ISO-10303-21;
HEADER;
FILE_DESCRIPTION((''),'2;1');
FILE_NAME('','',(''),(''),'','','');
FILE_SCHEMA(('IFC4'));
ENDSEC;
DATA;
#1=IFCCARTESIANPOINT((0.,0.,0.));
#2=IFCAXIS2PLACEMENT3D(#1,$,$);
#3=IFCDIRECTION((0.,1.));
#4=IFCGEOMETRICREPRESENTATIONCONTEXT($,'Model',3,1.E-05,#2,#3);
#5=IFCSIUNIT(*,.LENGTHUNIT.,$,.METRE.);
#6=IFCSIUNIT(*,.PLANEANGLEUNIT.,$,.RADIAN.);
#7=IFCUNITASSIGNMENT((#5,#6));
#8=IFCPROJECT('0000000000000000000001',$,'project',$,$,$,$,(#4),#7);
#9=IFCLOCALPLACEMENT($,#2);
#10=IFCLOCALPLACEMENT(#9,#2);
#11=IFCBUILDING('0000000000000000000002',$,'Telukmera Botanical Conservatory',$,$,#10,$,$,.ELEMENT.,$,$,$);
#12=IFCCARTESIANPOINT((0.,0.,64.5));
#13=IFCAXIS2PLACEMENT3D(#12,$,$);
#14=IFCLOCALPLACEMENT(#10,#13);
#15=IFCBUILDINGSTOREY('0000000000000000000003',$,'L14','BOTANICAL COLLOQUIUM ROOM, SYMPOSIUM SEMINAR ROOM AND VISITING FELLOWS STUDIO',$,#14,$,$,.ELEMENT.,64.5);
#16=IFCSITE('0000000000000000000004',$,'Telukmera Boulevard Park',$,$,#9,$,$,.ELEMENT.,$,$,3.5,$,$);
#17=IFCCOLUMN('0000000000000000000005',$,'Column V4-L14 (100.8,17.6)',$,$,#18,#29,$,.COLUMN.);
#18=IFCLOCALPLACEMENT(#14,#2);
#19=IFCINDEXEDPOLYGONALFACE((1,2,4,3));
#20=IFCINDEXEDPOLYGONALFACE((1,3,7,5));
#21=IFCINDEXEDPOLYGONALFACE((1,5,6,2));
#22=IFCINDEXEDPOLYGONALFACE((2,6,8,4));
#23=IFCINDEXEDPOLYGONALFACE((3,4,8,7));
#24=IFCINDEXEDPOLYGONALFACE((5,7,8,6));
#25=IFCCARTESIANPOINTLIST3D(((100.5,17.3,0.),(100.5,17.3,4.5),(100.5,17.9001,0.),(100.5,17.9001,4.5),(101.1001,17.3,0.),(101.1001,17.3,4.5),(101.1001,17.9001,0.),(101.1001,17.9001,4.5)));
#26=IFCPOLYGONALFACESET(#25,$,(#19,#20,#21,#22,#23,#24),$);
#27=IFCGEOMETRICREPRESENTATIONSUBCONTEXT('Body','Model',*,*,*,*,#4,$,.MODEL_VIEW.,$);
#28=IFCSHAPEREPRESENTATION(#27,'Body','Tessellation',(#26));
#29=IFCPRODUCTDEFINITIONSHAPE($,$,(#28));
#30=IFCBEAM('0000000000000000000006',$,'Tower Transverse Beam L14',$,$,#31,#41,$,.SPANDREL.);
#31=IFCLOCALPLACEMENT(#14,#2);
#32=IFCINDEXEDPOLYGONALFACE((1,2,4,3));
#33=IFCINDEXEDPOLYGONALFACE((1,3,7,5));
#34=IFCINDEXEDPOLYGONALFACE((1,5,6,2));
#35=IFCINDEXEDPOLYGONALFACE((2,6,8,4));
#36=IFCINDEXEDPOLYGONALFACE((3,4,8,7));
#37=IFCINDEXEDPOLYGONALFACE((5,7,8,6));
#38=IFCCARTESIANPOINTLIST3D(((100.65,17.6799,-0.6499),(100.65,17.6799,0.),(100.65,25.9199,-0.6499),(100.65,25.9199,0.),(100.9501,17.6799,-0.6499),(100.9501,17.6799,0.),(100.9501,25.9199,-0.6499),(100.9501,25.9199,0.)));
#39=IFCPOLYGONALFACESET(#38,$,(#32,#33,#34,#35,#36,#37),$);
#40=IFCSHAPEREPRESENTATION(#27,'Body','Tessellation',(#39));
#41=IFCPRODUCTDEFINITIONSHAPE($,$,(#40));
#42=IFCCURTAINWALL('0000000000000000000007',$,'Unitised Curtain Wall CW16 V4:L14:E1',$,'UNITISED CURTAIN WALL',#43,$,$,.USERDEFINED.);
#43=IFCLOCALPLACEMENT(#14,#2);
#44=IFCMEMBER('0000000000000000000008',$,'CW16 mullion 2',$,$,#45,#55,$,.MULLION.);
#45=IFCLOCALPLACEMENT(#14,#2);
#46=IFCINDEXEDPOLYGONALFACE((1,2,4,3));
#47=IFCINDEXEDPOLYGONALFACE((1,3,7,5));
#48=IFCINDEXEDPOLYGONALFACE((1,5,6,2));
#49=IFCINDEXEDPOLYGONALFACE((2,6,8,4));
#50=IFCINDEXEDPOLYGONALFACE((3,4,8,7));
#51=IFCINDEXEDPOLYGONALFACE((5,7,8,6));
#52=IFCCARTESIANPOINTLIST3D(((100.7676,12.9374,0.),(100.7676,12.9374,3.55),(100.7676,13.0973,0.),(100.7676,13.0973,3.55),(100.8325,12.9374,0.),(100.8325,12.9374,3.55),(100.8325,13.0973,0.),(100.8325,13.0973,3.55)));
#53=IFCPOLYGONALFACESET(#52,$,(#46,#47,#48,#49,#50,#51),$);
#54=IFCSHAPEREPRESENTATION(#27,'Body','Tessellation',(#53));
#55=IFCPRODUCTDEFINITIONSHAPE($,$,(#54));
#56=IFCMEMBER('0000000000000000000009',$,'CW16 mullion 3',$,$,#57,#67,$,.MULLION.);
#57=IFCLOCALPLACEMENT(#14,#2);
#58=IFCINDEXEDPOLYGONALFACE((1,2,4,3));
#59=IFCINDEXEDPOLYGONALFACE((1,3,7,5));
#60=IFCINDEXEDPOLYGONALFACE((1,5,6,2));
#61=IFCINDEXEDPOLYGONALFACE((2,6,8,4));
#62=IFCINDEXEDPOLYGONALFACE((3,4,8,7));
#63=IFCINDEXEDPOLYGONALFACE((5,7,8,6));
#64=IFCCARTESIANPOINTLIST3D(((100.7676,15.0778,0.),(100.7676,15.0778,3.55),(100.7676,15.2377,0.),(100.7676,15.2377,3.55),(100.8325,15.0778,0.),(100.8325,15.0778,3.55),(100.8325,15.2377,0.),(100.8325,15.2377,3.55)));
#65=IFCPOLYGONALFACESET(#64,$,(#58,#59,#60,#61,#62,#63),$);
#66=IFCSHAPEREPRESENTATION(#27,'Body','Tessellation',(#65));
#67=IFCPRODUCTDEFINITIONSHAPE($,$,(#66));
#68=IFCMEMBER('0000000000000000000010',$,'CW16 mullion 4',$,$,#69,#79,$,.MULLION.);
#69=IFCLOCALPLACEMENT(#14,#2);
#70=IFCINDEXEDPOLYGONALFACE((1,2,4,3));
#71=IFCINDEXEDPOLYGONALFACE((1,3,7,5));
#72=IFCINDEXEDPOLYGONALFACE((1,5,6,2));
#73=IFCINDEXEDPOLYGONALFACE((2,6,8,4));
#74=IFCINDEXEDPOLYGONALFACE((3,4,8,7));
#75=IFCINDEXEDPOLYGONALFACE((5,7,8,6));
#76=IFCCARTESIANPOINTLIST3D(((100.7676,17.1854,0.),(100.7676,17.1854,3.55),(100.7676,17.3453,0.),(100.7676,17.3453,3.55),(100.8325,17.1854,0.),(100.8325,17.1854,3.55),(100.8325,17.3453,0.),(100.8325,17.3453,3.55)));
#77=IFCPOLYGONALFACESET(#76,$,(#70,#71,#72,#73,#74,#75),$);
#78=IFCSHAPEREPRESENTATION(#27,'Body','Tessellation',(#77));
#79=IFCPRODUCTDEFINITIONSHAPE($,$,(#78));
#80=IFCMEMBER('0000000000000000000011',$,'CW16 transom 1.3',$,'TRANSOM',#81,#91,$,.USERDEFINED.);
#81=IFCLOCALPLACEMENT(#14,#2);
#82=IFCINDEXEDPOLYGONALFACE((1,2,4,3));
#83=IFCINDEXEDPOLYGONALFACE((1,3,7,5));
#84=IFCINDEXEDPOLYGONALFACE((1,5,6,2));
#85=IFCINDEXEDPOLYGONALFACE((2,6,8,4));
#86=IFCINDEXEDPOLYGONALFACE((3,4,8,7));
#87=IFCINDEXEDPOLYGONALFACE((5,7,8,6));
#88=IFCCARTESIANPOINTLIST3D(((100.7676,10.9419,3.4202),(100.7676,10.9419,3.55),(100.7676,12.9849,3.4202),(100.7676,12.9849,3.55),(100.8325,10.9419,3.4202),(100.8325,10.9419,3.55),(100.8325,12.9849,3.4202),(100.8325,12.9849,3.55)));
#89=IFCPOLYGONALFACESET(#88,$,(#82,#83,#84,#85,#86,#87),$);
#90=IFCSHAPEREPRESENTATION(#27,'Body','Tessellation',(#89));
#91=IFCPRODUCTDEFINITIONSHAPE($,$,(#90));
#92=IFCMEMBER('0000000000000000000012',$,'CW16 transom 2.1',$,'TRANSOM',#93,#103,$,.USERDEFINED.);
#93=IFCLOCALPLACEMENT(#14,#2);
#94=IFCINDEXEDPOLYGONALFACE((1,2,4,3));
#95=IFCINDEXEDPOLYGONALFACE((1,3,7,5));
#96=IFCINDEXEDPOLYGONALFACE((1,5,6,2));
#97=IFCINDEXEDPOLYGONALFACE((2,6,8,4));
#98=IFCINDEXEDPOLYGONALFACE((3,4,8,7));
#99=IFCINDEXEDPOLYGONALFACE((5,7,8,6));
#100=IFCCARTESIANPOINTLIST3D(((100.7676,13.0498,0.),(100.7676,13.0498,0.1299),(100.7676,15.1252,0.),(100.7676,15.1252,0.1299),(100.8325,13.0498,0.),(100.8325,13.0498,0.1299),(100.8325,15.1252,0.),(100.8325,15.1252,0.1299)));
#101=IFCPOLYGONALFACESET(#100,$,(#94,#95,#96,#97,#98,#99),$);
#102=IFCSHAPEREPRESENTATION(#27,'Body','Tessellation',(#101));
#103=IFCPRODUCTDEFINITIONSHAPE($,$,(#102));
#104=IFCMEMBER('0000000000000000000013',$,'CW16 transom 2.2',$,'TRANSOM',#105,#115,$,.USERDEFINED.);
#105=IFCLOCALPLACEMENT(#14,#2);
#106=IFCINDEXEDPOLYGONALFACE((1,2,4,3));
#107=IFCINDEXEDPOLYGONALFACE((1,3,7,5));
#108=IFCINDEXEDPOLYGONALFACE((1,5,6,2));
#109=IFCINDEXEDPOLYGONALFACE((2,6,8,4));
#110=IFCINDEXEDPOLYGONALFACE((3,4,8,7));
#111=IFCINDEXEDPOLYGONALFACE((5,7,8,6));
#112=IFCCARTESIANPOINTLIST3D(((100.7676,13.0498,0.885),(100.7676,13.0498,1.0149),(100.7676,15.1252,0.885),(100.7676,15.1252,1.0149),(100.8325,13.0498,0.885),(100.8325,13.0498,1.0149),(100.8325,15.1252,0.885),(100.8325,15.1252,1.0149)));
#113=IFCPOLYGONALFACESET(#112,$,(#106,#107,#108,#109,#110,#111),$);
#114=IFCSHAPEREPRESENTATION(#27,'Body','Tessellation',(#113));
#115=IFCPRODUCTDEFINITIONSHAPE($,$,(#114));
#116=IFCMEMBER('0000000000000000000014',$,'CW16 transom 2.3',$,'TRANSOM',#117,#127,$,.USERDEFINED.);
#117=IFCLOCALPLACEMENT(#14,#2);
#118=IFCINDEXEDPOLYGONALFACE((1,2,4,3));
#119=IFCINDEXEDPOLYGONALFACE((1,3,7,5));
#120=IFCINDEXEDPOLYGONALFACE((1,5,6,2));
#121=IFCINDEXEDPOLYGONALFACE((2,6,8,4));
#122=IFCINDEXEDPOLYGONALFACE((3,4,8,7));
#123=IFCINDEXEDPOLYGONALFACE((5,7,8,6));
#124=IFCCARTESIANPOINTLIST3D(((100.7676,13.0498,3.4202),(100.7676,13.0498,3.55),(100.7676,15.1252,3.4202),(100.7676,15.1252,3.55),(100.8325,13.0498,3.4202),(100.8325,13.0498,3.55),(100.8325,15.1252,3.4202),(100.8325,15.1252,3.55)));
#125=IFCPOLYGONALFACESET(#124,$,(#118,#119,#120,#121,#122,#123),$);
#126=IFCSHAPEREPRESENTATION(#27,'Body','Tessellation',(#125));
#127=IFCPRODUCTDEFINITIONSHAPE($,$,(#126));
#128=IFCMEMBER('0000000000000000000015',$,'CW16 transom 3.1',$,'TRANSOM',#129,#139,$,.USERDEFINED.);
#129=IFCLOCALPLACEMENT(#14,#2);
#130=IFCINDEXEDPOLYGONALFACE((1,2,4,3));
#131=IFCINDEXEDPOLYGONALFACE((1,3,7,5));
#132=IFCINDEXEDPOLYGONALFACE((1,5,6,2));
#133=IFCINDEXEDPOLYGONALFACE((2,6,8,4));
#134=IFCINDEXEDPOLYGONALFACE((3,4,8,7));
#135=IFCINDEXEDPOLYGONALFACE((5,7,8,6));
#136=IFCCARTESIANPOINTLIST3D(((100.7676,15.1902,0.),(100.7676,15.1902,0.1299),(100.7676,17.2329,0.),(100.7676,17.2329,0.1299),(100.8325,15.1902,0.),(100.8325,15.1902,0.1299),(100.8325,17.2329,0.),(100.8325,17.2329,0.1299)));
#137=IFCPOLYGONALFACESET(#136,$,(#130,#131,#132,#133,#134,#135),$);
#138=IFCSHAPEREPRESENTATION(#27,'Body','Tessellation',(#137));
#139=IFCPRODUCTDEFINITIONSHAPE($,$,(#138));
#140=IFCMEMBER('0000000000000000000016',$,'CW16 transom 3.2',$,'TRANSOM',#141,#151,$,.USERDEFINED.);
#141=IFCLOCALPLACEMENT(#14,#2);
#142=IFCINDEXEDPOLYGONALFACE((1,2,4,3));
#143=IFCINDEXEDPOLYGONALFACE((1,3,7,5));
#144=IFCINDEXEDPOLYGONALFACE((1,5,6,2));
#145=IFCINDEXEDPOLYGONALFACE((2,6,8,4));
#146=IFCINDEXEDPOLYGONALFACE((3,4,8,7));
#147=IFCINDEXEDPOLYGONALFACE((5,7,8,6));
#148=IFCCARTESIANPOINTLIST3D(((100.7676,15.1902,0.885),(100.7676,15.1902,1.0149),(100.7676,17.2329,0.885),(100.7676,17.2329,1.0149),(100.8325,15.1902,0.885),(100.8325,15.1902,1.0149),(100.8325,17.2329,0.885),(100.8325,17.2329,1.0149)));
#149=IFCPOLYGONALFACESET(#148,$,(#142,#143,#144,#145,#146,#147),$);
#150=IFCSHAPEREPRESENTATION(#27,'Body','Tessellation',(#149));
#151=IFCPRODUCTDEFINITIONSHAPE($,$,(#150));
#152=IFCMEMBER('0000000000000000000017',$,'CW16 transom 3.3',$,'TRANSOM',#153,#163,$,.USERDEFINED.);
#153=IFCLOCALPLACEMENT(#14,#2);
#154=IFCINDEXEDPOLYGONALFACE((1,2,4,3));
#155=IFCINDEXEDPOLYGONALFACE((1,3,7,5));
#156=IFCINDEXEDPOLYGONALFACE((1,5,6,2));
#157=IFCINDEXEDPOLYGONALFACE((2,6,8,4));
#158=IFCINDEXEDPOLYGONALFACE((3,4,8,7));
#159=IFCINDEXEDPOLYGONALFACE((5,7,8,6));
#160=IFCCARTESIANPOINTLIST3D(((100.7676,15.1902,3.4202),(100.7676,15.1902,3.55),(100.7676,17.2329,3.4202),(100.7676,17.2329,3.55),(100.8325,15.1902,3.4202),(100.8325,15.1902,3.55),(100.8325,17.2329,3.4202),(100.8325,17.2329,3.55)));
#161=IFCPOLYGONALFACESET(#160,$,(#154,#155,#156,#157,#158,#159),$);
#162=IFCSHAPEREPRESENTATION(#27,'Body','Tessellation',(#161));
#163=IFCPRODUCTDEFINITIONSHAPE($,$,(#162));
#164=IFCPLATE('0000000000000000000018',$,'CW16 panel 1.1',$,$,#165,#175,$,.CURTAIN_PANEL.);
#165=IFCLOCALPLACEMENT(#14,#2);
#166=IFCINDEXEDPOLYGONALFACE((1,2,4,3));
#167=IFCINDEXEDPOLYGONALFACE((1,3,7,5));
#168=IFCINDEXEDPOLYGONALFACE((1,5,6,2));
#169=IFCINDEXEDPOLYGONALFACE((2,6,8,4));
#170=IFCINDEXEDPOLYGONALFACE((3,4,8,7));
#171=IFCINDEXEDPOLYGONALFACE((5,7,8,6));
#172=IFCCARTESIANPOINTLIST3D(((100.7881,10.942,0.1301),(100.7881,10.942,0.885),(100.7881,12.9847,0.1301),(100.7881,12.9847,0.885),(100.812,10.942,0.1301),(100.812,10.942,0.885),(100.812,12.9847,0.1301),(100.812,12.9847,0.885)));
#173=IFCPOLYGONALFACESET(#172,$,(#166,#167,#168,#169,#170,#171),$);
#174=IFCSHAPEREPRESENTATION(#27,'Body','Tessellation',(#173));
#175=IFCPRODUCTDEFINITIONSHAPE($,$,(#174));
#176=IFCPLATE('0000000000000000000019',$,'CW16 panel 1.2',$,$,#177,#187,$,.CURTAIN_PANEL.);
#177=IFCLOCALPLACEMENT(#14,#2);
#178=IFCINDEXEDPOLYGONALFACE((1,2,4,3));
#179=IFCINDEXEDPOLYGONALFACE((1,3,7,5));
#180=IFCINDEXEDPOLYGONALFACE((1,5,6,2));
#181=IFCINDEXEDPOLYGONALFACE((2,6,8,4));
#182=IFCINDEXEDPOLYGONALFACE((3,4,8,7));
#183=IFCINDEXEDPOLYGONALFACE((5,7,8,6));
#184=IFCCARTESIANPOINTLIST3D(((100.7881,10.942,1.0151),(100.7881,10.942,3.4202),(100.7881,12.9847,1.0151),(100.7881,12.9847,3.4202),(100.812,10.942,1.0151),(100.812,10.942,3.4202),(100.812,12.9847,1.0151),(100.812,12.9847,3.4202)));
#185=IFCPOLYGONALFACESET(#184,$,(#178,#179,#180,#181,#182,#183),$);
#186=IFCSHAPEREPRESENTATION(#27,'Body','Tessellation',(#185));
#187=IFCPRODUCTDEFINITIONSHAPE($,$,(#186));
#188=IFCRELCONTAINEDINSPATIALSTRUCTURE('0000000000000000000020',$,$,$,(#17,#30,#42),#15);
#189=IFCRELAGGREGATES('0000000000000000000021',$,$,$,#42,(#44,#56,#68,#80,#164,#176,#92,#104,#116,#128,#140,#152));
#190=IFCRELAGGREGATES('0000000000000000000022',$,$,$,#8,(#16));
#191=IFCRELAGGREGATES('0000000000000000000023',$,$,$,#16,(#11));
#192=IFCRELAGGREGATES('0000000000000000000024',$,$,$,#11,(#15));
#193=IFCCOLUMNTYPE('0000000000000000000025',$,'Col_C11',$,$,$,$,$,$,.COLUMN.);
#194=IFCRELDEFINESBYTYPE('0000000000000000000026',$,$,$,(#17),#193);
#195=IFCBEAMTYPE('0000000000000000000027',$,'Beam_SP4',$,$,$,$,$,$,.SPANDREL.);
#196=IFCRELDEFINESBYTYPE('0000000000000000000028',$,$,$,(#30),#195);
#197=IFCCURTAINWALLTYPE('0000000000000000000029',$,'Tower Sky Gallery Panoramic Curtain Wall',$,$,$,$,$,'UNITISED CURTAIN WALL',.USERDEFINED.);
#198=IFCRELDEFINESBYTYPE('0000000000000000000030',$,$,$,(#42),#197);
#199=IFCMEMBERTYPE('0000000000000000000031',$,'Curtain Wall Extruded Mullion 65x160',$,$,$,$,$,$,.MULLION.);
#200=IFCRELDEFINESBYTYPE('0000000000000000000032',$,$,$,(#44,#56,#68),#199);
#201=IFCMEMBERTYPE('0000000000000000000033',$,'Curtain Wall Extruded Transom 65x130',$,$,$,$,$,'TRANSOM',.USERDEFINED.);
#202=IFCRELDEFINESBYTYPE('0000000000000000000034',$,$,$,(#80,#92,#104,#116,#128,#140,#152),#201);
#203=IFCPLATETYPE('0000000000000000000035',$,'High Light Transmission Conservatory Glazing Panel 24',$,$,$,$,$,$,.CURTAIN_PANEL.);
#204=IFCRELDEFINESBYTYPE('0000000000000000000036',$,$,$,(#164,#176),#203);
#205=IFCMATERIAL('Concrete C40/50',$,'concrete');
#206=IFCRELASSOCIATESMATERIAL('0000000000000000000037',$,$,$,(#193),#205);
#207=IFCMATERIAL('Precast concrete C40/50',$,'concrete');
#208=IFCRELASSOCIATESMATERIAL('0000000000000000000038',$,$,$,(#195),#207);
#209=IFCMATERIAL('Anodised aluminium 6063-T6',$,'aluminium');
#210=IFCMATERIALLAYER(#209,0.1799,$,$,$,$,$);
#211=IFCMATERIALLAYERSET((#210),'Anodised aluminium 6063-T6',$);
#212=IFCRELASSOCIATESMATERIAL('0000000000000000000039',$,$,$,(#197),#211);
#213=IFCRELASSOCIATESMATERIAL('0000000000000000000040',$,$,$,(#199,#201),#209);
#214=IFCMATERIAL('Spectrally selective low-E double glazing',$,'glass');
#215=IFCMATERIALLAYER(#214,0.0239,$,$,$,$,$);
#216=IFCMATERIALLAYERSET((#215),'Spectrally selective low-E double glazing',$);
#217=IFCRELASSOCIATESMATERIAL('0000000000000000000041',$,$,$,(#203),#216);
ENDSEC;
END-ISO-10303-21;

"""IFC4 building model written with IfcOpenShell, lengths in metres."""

from ifc_helpers import new_model, si_unit, direction, frame, origin, origin_2d, place, context, subcontext, project, spatial, rectangle, extrude, material, layer, layer_set, material_profile, profile_set, type_object, element, aggregate, save


model = new_model("IFC4")

# Units and contexts
model_context = context("Model", 3, precision=1e-05, world=origin(), true_north=direction((0.0, 1.0)))
body_context = subcontext(model_context, "Body", "Model", "MODEL_VIEW")
ifc_project = project(units=[si_unit("LENGTHUNIT", "METRE"), si_unit("PLANEANGLEUNIT", "RADIAN")], contexts=[model_context])

# Site, building, storey
site_placement = place(None, origin())
site = spatial("IfcSite", under=ifc_project, at=site_placement, Name="Telukmera Boulevard Park", CompositionType="ELEMENT", RefElevation=3.5)
building_placement = place(site_placement, origin())
building = spatial("IfcBuilding", under=site, at=building_placement, Name="Telukmera Botanical Conservatory", CompositionType="ELEMENT")
storey_placement = place(building_placement, frame((0.0, 0.0, 64.5)))
storey = spatial("IfcBuildingStorey", under=building, at=storey_placement, Name="L14", Description="BOTANICAL COLLOQUIUM ROOM, SYMPOSIUM SEMINAR ROOM AND VISITING FELLOWS STUDIO", CompositionType="ELEMENT", Elevation=64.5)

# Column
ifc_material_1 = material(Name="Concrete C40/50", Category="concrete")
ifc_material_profile_1 = material_profile(ifc_material_1, rectangle(XDim=0.6001, YDim=0.6001, at=origin_2d()), Name="RC 600x600")
ifc_profile_set_1 = profile_set([ifc_material_profile_1], Name="Concrete C40/50")
column_type = type_object("IfcColumnType", Name="Col_C11", PredefinedType="COLUMN", material=ifc_profile_set_1)
column_placement = place(storey_placement, frame((100.8, 17.6001, 0.0), z_axis=(0.0, 0.0, 1.0), x_axis=(1.0, 0.0, 0.0)))
element("IfcColumn", 1, at=column_placement, inside=storey, type_object=column_type, Name="Column V4-L14 (100.8,17.6)", PredefinedType="COLUMN", context=body_context, shape_type="SweptSolid", body=[
    extrude(rectangle(XDim=0.6001, YDim=0.6001, at=origin_2d()), origin(), (0.0, 0.0, 1.0), 4.5),
])

# Beam
ifc_material_2 = material(Name="Precast concrete C40/50", Category="concrete")
ifc_material_profile_2 = material_profile(ifc_material_2, rectangle(XDim=0.3, YDim=0.6499, at=origin_2d()), Name="PC 300x650")
ifc_profile_set_2 = profile_set([ifc_material_profile_2], Name="Precast concrete C40/50")
beam_type = type_object("IfcBeamType", Name="Beam_SP4", PredefinedType="SPANDREL", material=ifc_profile_set_2)
beam_placement = place(storey_placement, frame((100.8, 17.6799, -0.325), z_axis=(0.0, 1.0, 0.0), x_axis=(-1.0, 0.0, 0.0)))
element("IfcBeam", 2, at=beam_placement, inside=storey, type_object=beam_type, Name="Tower Transverse Beam L14", PredefinedType="SPANDREL", context=body_context, shape_type="SweptSolid", body=[
    extrude(rectangle(XDim=0.3, YDim=0.6499, at=origin_2d()), origin(), (0.0, 0.0, 1.0), 8.24),
])

# Curtain wall, members, plates
ifc_material_3 = material(Name="Anodised aluminium 6063-T6", Category="aluminium")
ifc_layer_1 = layer(ifc_material_3, 0.1799)
ifc_layer_set_1 = layer_set([ifc_layer_1], Name="Anodised aluminium 6063-T6")
curtain_wall_type = type_object("IfcCurtainWallType", Name="Tower Sky Gallery Panoramic Curtain Wall", ElementType="UNITISED CURTAIN WALL", PredefinedType="USERDEFINED", material=ifc_layer_set_1)
curtain_wall_placement = place(storey_placement, origin())
curtain_wall = element("IfcCurtainWall", 3, at=curtain_wall_placement, inside=storey, type_object=curtain_wall_type, Name="Unitised Curtain Wall CW16 V4:L14:E1", ObjectType="UNITISED CURTAIN WALL", PredefinedType="USERDEFINED")
ifc_material_profile_3 = material_profile(ifc_material_3, rectangle(XDim=0.0649, YDim=0.1599, at=origin_2d()), Name="ALU MULL 65x160")
ifc_profile_set_3 = profile_set([ifc_material_profile_3], Name="Anodised aluminium 6063-T6")
member_type_1 = type_object("IfcMemberType", Name="Curtain Wall Extruded Mullion 65x160", PredefinedType="MULLION", material=ifc_profile_set_3)
member_1_placement = place(storey_placement, frame((100.8, 13.0173, 0.0), z_axis=(0.0, 0.0, 1.0), x_axis=(-1.0, 0.0, 0.0)))
member_1 = element("IfcMember", 4, at=member_1_placement, type_object=member_type_1, Name="CW16 mullion 2", PredefinedType="MULLION", context=body_context, shape_type="SweptSolid", body=[
    extrude(rectangle(XDim=0.0649, YDim=0.1599, at=origin_2d()), origin(), (0.0, 0.0, 1.0), 3.55),
])
member_2_placement = place(storey_placement, frame((100.8, 15.1577, 0.0), z_axis=(0.0, 0.0, 1.0), x_axis=(-1.0, 0.0, 0.0)))
member_2 = element("IfcMember", 5, at=member_2_placement, type_object=member_type_1, Name="CW16 mullion 3", PredefinedType="MULLION", context=body_context, shape_type="SweptSolid", body=[
    extrude(rectangle(XDim=0.0649, YDim=0.1599, at=origin_2d()), origin(), (0.0, 0.0, 1.0), 3.55),
])
member_3_placement = place(storey_placement, frame((100.8, 17.2654, 0.0), z_axis=(0.0, 0.0, 1.0), x_axis=(-1.0, 0.0, 0.0)))
member_3 = element("IfcMember", 6, at=member_3_placement, type_object=member_type_1, Name="CW16 mullion 4", PredefinedType="MULLION", context=body_context, shape_type="SweptSolid", body=[
    extrude(rectangle(XDim=0.0649, YDim=0.1599, at=origin_2d()), origin(), (0.0, 0.0, 1.0), 3.55),
])
ifc_material_profile_4 = material_profile(ifc_material_3, rectangle(XDim=0.0649, YDim=0.1299, at=origin_2d()), Name="ALU TRAN 65x130")
ifc_profile_set_4 = profile_set([ifc_material_profile_4], Name="Anodised aluminium 6063-T6")
member_type_2 = type_object("IfcMemberType", Name="Curtain Wall Extruded Transom 65x130", ElementType="TRANSOM", PredefinedType="USERDEFINED", material=ifc_profile_set_4)
member_4_placement = place(storey_placement, frame((100.8, 10.9419, 3.4851), z_axis=(0.0, 1.0, 0.0), x_axis=(-1.0, 0.0, 0.0)))
member_4 = element("IfcMember", 7, at=member_4_placement, type_object=member_type_2, Name="CW16 transom 1.3", ObjectType="TRANSOM", PredefinedType="USERDEFINED", context=body_context, shape_type="SweptSolid", body=[
    extrude(rectangle(XDim=0.0649, YDim=0.1299, at=origin_2d()), origin(), (0.0, 0.0, 1.0), 2.043),
])
member_5_placement = place(storey_placement, frame((100.8, 13.0498, 0.0649), z_axis=(0.0, 1.0, 0.0), x_axis=(-1.0, 0.0, 0.0)))
member_5 = element("IfcMember", 8, at=member_5_placement, type_object=member_type_2, Name="CW16 transom 2.1", ObjectType="TRANSOM", PredefinedType="USERDEFINED", context=body_context, shape_type="SweptSolid", body=[
    extrude(rectangle(XDim=0.0649, YDim=0.1299, at=origin_2d()), origin(), (0.0, 0.0, 1.0), 2.0754),
])
member_6_placement = place(storey_placement, frame((100.8, 13.0498, 0.95), z_axis=(0.0, 1.0, 0.0), x_axis=(-1.0, 0.0, 0.0)))
member_6 = element("IfcMember", 9, at=member_6_placement, type_object=member_type_2, Name="CW16 transom 2.2", ObjectType="TRANSOM", PredefinedType="USERDEFINED", context=body_context, shape_type="SweptSolid", body=[
    extrude(rectangle(XDim=0.0649, YDim=0.1299, at=origin_2d()), origin(), (0.0, 0.0, 1.0), 2.0754),
])
member_7_placement = place(storey_placement, frame((100.8, 13.0498, 3.4851), z_axis=(0.0, 1.0, 0.0), x_axis=(-1.0, 0.0, 0.0)))
member_7 = element("IfcMember", 10, at=member_7_placement, type_object=member_type_2, Name="CW16 transom 2.3", ObjectType="TRANSOM", PredefinedType="USERDEFINED", context=body_context, shape_type="SweptSolid", body=[
    extrude(rectangle(XDim=0.0649, YDim=0.1299, at=origin_2d()), origin(), (0.0, 0.0, 1.0), 2.0754),
])
member_8_placement = place(storey_placement, frame((100.8, 15.1902, 0.0649), z_axis=(0.0, 1.0, 0.0), x_axis=(-1.0, 0.0, 0.0)))
member_8 = element("IfcMember", 11, at=member_8_placement, type_object=member_type_2, Name="CW16 transom 3.1", ObjectType="TRANSOM", PredefinedType="USERDEFINED", context=body_context, shape_type="SweptSolid", body=[
    extrude(rectangle(XDim=0.0649, YDim=0.1299, at=origin_2d()), origin(), (0.0, 0.0, 1.0), 2.0427),
])
member_9_placement = place(storey_placement, frame((100.8, 15.1902, 0.95), z_axis=(0.0, 1.0, 0.0), x_axis=(-1.0, 0.0, 0.0)))
member_9 = element("IfcMember", 12, at=member_9_placement, type_object=member_type_2, Name="CW16 transom 3.2", ObjectType="TRANSOM", PredefinedType="USERDEFINED", context=body_context, shape_type="SweptSolid", body=[
    extrude(rectangle(XDim=0.0649, YDim=0.1299, at=origin_2d()), origin(), (0.0, 0.0, 1.0), 2.0427),
])
member_10_placement = place(storey_placement, frame((100.8, 15.1902, 3.4851), z_axis=(0.0, 1.0, 0.0), x_axis=(-1.0, 0.0, 0.0)))
member_10 = element("IfcMember", 13, at=member_10_placement, type_object=member_type_2, Name="CW16 transom 3.3", ObjectType="TRANSOM", PredefinedType="USERDEFINED", context=body_context, shape_type="SweptSolid", body=[
    extrude(rectangle(XDim=0.0649, YDim=0.1299, at=origin_2d()), origin(), (0.0, 0.0, 1.0), 2.0427),
])
ifc_material_4 = material(Name="Spectrally selective low-E double glazing", Category="glass")
ifc_layer_2 = layer(ifc_material_4, 0.0239)
ifc_layer_set_2 = layer_set([ifc_layer_2], Name="Spectrally selective low-E double glazing")
plate_type = type_object("IfcPlateType", Name="High Light Transmission Conservatory Glazing Panel 24", PredefinedType="CURTAIN_PANEL", material=ifc_layer_set_2)
plate_1_placement = place(storey_placement, frame((100.8, 11.9634, 0.1301), z_axis=(0.0, 0.0, 1.0), x_axis=(0.0, 1.0, 0.0)))
plate_1 = element("IfcPlate", 14, at=plate_1_placement, type_object=plate_type, Name="CW16 panel 1.1", PredefinedType="CURTAIN_PANEL", context=body_context, shape_type="SweptSolid", body=[
    extrude(rectangle(XDim=2.0427, YDim=0.0239, at=origin_2d()), origin(), (0.0, 0.0, 1.0), 0.7549),
])
plate_2_placement = place(storey_placement, frame((100.8, 11.9634, 1.0151), z_axis=(0.0, 0.0, 1.0), x_axis=(0.0, 1.0, 0.0)))
plate_2 = element("IfcPlate", 15, at=plate_2_placement, type_object=plate_type, Name="CW16 panel 1.2", PredefinedType="CURTAIN_PANEL", context=body_context, shape_type="SweptSolid", body=[
    extrude(rectangle(XDim=2.0427, YDim=0.0239, at=origin_2d()), origin(), (0.0, 0.0, 1.0), 2.405),
])
aggregate(curtain_wall, [member_1, member_2, member_3, member_4, plate_1, plate_2, member_5, member_6, member_7, member_8, member_9, member_10])

save(model, "model.ifc")
